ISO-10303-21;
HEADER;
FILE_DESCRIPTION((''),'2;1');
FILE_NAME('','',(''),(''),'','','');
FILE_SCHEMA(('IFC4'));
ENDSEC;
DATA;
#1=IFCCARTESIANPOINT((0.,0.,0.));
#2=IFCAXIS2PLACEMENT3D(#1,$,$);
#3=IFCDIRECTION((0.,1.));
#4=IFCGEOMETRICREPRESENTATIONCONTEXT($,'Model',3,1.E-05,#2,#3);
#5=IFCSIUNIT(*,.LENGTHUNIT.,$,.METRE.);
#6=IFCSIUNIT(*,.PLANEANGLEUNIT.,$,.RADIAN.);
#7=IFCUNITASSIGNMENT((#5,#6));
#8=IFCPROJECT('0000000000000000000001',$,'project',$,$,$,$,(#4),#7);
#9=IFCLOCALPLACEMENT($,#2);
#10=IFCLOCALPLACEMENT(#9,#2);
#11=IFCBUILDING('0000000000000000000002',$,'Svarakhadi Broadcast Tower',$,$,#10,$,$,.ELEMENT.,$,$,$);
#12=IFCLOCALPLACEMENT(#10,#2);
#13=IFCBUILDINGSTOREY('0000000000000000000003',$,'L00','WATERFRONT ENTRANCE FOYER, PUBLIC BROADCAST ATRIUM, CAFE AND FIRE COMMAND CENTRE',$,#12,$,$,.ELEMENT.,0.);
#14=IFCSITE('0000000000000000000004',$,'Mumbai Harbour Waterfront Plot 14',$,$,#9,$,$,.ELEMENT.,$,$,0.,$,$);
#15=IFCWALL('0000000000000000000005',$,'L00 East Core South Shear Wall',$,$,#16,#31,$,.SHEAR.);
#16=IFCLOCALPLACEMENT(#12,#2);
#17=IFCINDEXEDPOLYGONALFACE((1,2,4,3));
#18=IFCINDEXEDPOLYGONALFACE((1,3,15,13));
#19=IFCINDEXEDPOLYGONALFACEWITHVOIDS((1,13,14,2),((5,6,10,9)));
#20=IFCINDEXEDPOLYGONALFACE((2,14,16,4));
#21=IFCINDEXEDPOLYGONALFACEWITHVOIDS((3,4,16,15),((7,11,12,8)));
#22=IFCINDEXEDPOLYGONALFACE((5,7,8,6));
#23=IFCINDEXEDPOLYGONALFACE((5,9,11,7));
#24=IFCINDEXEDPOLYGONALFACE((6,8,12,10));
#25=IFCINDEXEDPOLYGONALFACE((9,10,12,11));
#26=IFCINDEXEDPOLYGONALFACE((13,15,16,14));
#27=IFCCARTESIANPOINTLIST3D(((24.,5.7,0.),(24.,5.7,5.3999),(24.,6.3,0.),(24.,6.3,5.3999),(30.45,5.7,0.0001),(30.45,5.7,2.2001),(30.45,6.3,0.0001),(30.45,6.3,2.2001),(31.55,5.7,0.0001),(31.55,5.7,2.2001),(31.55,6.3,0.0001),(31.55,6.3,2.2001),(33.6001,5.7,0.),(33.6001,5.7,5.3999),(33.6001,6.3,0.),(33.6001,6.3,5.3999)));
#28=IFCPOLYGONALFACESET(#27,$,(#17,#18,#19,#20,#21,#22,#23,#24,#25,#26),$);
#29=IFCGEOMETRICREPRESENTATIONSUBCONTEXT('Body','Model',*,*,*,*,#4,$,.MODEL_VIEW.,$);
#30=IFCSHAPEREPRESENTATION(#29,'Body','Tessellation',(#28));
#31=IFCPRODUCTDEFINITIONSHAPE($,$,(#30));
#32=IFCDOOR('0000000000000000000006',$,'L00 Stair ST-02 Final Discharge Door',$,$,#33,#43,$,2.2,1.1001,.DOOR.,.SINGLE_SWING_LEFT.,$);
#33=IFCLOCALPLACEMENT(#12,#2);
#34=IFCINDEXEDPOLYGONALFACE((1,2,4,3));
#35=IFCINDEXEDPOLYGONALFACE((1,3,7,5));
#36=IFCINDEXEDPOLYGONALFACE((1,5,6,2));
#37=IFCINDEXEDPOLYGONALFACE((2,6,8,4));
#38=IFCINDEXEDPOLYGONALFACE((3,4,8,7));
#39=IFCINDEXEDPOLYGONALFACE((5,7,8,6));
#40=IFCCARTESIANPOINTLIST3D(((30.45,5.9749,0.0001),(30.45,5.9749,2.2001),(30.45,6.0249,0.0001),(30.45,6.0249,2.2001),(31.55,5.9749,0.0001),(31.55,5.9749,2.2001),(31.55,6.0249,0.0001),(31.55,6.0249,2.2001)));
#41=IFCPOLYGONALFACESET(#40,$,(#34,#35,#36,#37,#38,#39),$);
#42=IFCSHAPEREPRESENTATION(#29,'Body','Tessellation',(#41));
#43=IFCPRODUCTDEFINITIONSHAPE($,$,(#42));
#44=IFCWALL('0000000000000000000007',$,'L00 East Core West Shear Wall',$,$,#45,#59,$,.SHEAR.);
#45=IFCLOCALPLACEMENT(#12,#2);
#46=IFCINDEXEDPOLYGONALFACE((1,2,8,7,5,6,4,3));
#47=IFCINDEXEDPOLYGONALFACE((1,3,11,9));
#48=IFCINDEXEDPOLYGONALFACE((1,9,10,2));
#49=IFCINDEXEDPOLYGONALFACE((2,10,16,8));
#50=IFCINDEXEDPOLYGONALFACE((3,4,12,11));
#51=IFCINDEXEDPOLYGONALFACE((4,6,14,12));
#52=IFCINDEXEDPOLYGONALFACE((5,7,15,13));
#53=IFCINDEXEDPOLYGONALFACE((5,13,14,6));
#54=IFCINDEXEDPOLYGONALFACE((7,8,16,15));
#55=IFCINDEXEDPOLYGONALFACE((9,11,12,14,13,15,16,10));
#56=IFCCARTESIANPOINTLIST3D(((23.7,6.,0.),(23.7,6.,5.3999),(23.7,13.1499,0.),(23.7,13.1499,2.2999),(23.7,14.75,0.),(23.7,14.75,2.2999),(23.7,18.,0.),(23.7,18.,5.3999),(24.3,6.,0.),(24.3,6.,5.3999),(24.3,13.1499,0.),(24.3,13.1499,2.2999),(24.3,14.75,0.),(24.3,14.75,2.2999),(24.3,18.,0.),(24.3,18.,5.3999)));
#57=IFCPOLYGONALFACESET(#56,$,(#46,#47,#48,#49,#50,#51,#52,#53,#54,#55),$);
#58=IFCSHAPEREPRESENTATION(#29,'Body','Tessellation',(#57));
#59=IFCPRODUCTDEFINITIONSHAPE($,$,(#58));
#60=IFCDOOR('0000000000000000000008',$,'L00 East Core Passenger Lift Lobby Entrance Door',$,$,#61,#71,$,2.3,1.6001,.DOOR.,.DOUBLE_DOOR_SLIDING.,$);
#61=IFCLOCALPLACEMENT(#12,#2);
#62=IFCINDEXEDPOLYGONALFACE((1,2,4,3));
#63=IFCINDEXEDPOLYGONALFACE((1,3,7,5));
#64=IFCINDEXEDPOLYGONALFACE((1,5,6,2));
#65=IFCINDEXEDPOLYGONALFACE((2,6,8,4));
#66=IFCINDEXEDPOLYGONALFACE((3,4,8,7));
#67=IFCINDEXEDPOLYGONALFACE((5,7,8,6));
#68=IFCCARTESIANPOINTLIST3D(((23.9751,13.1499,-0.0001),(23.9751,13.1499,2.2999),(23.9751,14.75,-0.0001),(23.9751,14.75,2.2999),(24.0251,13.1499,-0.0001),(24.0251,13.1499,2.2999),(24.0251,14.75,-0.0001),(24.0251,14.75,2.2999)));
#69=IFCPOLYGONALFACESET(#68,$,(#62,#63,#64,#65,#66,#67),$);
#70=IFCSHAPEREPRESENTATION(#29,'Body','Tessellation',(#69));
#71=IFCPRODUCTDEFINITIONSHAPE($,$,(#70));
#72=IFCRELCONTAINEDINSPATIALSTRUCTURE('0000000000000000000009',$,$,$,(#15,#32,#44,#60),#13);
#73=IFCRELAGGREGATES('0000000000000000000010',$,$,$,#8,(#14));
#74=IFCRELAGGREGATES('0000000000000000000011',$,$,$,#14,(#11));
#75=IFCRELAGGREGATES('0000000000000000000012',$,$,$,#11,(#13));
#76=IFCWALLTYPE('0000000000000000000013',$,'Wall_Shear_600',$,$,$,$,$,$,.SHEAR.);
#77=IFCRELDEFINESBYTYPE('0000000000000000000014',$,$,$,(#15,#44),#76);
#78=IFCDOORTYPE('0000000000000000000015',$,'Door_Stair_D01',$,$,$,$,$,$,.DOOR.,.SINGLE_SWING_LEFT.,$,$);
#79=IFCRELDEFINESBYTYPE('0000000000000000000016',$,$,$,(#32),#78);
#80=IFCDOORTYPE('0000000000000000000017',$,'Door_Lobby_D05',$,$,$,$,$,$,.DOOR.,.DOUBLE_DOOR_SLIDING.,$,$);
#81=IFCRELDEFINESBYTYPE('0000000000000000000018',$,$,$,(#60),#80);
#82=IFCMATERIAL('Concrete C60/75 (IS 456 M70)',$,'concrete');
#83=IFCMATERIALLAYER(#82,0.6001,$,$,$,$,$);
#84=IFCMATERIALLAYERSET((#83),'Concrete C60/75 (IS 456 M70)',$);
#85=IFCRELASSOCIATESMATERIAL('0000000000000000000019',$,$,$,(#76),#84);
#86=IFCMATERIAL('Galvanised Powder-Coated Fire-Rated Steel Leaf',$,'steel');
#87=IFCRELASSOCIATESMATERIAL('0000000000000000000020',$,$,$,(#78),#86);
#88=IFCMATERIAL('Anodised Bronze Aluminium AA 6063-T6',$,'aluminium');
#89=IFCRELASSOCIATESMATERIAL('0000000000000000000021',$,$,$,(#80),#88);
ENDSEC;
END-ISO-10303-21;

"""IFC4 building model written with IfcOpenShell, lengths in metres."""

from ifc_helpers import new_model, si_unit, direction, frame, frame_2d, origin, place, context, subcontext, project, spatial, rectangle, extrude, material, layer, layer_set, type_object, element, fill, save


model = new_model("IFC4")

# Units and contexts
model_context = context("Model", 3, precision=1e-05, world=origin(), true_north=direction((0.0, 1.0)))
body_context = subcontext(model_context, "Body", "Model", "MODEL_VIEW")
ifc_project = project(units=[si_unit("LENGTHUNIT", "METRE"), si_unit("PLANEANGLEUNIT", "RADIAN")], contexts=[model_context])

# Site, building, storey
site_placement = place(None, origin())
site = spatial("IfcSite", under=ifc_project, at=site_placement, Name="Mumbai Harbour Waterfront Plot 14", CompositionType="ELEMENT", RefElevation=0.0)
building_placement = place(site_placement, origin())
building = spatial("IfcBuilding", under=site, at=building_placement, Name="Svarakhadi Broadcast Tower", CompositionType="ELEMENT")
storey_placement = place(building_placement, origin())
storey = spatial("IfcBuildingStorey", under=building, at=storey_placement, Name="L00", Description="WATERFRONT ENTRANCE FOYER, PUBLIC BROADCAST ATRIUM, CAFE AND FIRE COMMAND CENTRE", CompositionType="ELEMENT", Elevation=0.0)

# Shared definitions
ifc_material_1 = material(Name="Concrete C60/75 (IS 456 M70)", Category="concrete")

# Shared definitions
ifc_material_2 = material(Name="Anodised Bronze Aluminium AA 6063-T6", Category="aluminium")

# Shared definitions
ifc_material_3 = material(Name="Galvanised Powder-Coated Fire-Rated Steel Leaf", Category="steel")

# Walls, openings, doors
ifc_layer_1 = layer(ifc_material_1, 0.6001)
ifc_layer_set_1 = layer_set([ifc_layer_1], Name="Concrete C60/75 (IS 456 M70)")
wall_type_1 = type_object("IfcWallType", Name="Wall_Shear_600", PredefinedType="SHEAR", material=ifc_layer_set_1)
wall_1_placement = place(storey_placement, frame((24.0, 6.0, 0.0), z_axis=(0.0, 0.0, 1.0), x_axis=(1.0, 0.0, 0.0)))
wall_1 = element("IfcWall", 1, at=wall_1_placement, inside=storey, type_object=wall_type_1, Name="L00 East Core South Shear Wall", PredefinedType="SHEAR", context=body_context, shape_type="SweptSolid", body=[
    extrude(rectangle(XDim=9.6001, YDim=0.6001, at=frame_2d((4.8, 0.0))), origin(), (0.0, 0.0, 1.0), 5.3999),
])
opening_1_placement = place(wall_1_placement, frame((6.45, 0.0, 0.0)))
opening_1 = element("IfcOpeningElement", 2, at=opening_1_placement, cuts=wall_1, PredefinedType="OPENING", context=body_context, shape_type="SweptSolid", body=[
    extrude(rectangle(XDim=1.1001, YDim=2.2, at=frame_2d((0.55, 1.1001))), frame((0.0, 0.3101, 0.0), z_axis=(0.0, -1.0, 0.0), x_axis=(1.0, 0.0, 0.0)), (0.0, 0.0, 1.0), 0.6201),
])
door_type_1 = type_object("IfcDoorType", Name="Door_Stair_D01", OperationType="SINGLE_SWING_LEFT", PredefinedType="DOOR", material=ifc_material_3)
door_1_placement = place(opening_1_placement, origin())
door_1 = element("IfcDoor", 3, at=door_1_placement, inside=storey, type_object=door_type_1, Name="L00 Stair ST-02 Final Discharge Door", OperationType="SINGLE_SWING_LEFT", OverallHeight=2.2, OverallWidth=1.1001, PredefinedType="DOOR", context=body_context, shape_type="SweptSolid", body=[
    extrude(rectangle(XDim=1.1001, YDim=2.2, at=frame_2d((0.55, 1.1001))), frame((0.0, 0.0249, 0.0), z_axis=(0.0, -1.0, 0.0), x_axis=(1.0, 0.0, 0.0)), (0.0, 0.0, 1.0), 0.05),
])
fill(opening_1, door_1)
wall_2_placement = place(storey_placement, frame((24.0, 6.0, 0.0), z_axis=(0.0, 0.0, 1.0), x_axis=(0.0, 1.0, 0.0)))
wall_2 = element("IfcWall", 4, at=wall_2_placement, inside=storey, type_object=wall_type_1, Name="L00 East Core West Shear Wall", PredefinedType="SHEAR", context=body_context, shape_type="SweptSolid", body=[
    extrude(rectangle(XDim=12.0, YDim=0.6001, at=frame_2d((6.0, 0.0))), origin(), (0.0, 0.0, 1.0), 5.3999),
])
opening_2_placement = place(wall_2_placement, frame((7.1499, 0.0, 0.0)))
opening_2 = element("IfcOpeningElement", 5, at=opening_2_placement, cuts=wall_2, PredefinedType="OPENING", context=body_context, shape_type="SweptSolid", body=[
    extrude(rectangle(XDim=1.6001, YDim=2.3, at=frame_2d((0.8, 1.1499))), frame((0.0, 0.3101, 0.0), z_axis=(0.0, -1.0, 0.0), x_axis=(1.0, 0.0, 0.0)), (0.0, 0.0, 1.0), 0.6201),
])
door_type_2 = type_object("IfcDoorType", Name="Door_Lobby_D05", OperationType="DOUBLE_DOOR_SLIDING", PredefinedType="DOOR", material=ifc_material_2)
door_2_placement = place(opening_2_placement, origin())
door_2 = element("IfcDoor", 6, at=door_2_placement, inside=storey, type_object=door_type_2, Name="L00 East Core Passenger Lift Lobby Entrance Door", OperationType="DOUBLE_DOOR_SLIDING", OverallHeight=2.3, OverallWidth=1.6001, PredefinedType="DOOR", context=body_context, shape_type="SweptSolid", body=[
    extrude(rectangle(XDim=1.6001, YDim=2.3, at=frame_2d((0.8, 1.1499))), frame((0.0, 0.0249, 0.0), z_axis=(0.0, -1.0, 0.0), x_axis=(1.0, 0.0, 0.0)), (0.0, 0.0, 1.0), 0.05),
])
fill(opening_2, door_2)

save(model, "model.ifc")
